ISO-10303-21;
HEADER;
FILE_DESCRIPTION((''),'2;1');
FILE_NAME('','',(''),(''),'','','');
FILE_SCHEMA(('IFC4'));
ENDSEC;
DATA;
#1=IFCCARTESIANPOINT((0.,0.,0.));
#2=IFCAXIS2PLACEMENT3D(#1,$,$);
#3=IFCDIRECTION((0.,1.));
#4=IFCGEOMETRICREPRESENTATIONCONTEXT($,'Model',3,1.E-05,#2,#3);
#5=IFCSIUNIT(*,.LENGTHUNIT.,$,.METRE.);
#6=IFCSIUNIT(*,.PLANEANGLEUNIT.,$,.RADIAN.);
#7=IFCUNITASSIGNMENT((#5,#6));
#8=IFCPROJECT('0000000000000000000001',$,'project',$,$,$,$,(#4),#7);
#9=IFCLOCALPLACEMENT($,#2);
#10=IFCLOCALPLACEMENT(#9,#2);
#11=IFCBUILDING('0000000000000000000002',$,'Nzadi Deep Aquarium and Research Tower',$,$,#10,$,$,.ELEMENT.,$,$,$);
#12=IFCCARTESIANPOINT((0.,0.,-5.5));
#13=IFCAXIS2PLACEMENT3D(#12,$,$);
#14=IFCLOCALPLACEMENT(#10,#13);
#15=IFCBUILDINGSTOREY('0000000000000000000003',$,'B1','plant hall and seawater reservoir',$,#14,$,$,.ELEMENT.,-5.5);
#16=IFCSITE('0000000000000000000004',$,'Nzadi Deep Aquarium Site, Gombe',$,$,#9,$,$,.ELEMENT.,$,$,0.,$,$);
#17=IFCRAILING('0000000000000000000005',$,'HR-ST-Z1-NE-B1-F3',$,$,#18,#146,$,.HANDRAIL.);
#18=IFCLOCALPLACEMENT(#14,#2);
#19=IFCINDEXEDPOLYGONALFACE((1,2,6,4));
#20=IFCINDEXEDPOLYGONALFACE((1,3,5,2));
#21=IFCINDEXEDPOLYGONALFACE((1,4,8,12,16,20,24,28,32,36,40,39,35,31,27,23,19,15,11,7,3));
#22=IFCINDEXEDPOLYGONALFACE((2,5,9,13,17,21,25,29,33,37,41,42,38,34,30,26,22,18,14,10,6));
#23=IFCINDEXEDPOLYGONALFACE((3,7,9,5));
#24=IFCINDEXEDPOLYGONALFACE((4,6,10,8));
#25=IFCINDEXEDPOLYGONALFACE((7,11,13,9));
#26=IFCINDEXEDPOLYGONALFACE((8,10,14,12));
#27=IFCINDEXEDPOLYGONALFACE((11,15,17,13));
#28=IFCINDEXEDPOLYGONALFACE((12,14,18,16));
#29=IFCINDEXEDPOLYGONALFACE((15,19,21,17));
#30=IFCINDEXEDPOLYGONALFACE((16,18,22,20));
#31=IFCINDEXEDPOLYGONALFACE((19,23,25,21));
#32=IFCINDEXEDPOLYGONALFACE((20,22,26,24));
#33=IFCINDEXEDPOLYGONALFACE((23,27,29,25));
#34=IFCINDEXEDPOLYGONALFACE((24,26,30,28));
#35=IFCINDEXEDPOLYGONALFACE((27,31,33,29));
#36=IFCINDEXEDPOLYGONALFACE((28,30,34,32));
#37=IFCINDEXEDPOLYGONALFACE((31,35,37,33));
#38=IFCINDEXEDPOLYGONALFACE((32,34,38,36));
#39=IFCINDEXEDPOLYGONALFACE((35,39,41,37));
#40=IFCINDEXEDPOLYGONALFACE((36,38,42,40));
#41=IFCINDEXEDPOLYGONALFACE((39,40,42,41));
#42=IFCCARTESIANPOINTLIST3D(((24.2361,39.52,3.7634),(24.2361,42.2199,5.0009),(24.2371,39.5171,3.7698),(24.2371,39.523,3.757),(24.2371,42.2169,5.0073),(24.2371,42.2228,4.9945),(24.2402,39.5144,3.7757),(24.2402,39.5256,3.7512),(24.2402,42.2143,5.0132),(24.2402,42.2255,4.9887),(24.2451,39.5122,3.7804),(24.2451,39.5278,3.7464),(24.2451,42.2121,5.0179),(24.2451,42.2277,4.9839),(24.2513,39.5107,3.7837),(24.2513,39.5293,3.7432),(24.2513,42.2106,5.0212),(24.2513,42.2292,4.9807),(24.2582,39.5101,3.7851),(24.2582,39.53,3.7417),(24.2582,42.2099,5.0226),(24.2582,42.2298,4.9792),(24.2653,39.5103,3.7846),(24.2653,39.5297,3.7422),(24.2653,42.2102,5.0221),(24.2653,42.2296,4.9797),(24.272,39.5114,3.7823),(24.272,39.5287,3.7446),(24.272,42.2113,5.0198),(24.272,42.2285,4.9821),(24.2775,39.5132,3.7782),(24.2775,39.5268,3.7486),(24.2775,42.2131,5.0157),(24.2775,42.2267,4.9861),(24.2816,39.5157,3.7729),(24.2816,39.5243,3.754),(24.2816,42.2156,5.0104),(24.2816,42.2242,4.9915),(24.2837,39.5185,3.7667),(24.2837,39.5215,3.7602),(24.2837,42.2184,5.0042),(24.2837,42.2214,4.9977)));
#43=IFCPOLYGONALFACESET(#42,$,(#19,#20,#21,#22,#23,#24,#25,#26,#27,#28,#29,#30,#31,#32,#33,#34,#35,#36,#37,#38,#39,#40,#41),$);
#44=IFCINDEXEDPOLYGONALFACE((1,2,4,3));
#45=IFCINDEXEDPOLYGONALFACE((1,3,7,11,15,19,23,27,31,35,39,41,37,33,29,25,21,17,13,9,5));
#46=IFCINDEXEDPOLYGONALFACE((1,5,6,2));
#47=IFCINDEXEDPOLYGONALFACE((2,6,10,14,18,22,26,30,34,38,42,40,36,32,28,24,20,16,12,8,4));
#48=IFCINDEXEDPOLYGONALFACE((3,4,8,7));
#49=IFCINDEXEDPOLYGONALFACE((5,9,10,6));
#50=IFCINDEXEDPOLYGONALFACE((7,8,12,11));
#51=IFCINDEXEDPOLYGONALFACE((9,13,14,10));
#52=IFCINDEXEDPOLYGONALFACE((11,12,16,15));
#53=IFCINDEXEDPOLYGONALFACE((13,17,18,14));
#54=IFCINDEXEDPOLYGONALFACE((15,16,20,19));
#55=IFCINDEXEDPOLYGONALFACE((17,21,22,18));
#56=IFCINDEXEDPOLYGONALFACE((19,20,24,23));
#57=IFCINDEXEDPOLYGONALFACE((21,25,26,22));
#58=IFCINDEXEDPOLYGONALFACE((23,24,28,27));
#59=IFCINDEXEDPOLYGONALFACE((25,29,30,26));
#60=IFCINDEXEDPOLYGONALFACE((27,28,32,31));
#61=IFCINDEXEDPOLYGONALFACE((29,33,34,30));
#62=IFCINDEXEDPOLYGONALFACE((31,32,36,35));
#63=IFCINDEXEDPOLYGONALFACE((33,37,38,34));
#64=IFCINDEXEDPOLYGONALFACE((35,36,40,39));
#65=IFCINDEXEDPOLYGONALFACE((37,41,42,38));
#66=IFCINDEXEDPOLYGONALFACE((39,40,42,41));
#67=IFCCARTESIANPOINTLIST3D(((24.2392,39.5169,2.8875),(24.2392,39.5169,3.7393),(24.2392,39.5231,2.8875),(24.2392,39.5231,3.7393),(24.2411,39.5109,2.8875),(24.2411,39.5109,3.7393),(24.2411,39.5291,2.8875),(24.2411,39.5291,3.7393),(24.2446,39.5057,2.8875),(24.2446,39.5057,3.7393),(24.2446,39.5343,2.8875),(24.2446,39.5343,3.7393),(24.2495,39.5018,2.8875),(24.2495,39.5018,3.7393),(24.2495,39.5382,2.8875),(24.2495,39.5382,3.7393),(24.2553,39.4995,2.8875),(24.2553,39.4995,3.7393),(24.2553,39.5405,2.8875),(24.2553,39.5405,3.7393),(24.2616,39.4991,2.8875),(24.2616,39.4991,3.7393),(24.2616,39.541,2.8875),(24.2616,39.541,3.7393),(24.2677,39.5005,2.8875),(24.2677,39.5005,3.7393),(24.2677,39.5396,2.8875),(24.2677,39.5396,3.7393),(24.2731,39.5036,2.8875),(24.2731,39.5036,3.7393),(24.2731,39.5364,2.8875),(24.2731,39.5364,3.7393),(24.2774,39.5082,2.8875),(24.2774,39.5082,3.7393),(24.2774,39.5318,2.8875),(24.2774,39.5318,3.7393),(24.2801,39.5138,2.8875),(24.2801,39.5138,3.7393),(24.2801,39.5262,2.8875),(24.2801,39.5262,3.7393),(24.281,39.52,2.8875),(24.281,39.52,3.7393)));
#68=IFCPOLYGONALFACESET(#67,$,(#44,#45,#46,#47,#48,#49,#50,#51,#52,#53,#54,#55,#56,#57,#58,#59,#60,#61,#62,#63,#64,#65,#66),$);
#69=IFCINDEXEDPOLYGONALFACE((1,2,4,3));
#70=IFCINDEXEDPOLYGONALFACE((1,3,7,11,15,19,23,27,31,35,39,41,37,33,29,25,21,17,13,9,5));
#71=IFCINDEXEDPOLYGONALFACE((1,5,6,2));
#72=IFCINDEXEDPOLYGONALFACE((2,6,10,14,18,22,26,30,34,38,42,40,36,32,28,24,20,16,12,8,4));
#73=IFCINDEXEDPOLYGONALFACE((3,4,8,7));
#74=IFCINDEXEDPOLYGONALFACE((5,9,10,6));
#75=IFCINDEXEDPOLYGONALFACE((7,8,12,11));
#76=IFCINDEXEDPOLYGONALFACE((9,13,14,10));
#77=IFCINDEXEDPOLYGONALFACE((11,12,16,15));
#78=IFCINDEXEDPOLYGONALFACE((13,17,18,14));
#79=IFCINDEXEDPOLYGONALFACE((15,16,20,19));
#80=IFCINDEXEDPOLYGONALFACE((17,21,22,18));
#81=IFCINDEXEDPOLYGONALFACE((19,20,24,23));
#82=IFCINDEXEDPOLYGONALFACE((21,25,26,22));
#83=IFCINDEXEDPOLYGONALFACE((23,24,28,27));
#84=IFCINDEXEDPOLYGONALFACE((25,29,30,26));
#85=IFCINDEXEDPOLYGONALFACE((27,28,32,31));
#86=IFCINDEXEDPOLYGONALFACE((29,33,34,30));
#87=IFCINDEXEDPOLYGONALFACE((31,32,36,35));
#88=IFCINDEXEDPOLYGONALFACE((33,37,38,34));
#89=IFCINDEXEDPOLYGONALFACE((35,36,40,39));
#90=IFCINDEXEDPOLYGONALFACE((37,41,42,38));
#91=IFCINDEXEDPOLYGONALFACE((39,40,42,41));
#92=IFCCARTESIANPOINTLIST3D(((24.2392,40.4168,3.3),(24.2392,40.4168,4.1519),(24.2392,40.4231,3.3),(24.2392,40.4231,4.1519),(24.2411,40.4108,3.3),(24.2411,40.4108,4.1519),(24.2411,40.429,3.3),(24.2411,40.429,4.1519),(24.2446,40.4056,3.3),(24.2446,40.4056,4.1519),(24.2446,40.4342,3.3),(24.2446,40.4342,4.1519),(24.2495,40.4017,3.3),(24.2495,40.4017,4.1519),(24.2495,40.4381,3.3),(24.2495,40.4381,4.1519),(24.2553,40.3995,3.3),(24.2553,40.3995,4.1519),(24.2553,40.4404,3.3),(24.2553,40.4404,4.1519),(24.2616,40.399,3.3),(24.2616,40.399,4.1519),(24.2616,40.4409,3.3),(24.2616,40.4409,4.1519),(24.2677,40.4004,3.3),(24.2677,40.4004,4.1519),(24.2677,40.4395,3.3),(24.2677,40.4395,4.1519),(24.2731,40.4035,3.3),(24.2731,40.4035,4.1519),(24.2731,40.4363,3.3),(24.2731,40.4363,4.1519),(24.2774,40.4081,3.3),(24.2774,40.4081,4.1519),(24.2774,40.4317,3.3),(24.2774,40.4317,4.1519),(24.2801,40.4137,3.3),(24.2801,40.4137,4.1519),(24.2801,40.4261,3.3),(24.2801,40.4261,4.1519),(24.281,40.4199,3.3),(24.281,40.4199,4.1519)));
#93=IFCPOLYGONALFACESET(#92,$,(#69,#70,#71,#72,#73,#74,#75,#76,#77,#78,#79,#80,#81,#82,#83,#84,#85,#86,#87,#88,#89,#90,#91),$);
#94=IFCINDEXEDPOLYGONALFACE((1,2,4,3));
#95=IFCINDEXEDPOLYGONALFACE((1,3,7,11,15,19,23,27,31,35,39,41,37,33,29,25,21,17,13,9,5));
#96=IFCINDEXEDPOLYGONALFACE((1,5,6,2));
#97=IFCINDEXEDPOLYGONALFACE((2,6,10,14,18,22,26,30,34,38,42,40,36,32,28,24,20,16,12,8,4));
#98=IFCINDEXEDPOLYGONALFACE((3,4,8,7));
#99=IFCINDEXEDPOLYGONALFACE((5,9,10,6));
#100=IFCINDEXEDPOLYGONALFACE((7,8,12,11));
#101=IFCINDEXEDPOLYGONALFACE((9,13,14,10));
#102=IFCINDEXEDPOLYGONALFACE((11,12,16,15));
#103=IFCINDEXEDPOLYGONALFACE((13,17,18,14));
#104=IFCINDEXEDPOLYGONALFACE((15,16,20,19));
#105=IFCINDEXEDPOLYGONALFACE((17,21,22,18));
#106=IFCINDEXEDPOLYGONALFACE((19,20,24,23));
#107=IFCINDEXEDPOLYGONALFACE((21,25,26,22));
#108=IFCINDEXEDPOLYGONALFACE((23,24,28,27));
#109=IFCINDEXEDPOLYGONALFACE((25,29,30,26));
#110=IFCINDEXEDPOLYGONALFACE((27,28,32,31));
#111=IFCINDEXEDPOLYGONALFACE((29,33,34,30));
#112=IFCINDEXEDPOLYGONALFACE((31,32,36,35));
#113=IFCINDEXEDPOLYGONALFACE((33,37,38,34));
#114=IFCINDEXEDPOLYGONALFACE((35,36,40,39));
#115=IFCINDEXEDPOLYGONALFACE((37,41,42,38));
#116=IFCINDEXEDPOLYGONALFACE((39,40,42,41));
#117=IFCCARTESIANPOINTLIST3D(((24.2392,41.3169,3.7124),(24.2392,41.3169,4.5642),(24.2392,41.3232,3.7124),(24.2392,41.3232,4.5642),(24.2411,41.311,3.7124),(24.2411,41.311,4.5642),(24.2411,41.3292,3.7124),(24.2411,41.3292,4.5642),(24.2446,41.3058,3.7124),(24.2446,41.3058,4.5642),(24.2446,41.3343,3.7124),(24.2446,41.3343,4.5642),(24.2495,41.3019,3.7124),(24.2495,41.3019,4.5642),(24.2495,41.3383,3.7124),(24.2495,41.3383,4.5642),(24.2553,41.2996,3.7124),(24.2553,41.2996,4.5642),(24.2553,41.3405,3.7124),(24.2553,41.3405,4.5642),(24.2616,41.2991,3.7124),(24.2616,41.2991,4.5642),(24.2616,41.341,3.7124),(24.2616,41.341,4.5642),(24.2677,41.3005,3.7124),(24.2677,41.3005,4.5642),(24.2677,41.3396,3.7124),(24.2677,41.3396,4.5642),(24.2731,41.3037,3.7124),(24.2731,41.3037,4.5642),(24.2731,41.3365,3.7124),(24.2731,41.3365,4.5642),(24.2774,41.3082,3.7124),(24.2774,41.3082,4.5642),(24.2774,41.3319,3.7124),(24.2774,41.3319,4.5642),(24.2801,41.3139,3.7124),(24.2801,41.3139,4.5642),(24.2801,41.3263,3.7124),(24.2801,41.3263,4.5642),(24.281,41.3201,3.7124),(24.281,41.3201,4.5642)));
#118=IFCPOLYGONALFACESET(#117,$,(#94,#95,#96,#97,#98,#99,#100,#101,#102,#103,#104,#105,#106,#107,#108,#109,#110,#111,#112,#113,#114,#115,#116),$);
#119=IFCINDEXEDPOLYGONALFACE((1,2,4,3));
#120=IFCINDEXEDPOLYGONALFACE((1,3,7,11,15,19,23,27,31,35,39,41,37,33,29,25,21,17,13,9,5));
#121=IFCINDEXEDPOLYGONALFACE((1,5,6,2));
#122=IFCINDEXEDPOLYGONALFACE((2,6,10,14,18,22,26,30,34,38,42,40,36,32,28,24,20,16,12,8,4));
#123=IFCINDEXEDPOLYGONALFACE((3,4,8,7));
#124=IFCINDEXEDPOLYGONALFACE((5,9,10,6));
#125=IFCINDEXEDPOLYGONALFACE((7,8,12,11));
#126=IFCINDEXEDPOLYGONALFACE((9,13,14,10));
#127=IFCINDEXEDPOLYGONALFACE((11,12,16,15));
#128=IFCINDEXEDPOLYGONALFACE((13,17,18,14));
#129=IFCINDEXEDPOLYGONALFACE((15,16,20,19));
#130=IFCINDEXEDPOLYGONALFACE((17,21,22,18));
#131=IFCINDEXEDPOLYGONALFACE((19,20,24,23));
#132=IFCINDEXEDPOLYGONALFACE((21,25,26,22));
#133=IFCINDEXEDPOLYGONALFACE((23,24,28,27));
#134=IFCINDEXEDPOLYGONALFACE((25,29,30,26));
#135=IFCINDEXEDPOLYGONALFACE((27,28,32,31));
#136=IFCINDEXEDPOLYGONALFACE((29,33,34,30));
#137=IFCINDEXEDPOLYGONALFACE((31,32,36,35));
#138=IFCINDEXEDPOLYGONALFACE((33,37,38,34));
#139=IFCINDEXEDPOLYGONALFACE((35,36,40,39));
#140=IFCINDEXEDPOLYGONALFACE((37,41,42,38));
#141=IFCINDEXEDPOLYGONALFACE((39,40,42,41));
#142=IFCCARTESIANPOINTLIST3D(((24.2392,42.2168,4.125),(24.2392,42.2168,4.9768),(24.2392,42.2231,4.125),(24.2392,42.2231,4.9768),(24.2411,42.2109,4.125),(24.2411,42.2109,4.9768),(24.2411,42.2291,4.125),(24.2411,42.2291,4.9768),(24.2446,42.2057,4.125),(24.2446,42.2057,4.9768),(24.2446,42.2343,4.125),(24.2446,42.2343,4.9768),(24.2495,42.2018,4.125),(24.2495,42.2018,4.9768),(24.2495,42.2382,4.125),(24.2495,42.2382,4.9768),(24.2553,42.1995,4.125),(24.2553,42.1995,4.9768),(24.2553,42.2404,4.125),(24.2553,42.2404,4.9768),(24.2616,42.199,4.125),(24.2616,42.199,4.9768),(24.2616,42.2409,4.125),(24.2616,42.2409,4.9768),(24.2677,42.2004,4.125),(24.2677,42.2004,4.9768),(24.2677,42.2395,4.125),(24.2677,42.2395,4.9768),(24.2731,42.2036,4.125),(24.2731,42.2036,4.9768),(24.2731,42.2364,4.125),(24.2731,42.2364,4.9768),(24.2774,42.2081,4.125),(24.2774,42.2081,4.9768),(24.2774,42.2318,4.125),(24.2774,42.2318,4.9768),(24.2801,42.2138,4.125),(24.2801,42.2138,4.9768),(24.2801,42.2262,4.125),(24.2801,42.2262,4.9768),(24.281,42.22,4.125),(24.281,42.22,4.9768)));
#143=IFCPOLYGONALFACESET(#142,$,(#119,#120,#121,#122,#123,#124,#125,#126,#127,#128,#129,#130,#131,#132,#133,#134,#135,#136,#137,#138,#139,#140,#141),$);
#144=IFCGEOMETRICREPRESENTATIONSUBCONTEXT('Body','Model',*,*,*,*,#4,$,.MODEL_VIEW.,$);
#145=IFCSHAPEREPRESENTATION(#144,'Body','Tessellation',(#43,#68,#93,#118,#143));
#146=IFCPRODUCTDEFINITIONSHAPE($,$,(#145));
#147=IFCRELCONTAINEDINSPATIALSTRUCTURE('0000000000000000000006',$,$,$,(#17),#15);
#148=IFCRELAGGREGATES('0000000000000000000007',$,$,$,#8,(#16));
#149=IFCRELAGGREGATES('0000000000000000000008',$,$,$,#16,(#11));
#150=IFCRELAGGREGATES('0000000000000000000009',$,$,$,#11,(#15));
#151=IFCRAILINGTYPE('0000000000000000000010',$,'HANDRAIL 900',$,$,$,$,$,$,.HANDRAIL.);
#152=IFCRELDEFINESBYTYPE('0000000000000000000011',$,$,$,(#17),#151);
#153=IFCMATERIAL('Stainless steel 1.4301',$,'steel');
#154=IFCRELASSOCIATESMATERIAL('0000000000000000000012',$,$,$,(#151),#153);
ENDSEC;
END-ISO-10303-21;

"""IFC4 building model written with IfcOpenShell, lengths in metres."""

from ifc_helpers import new_model, si_unit, direction, frame, origin, origin_2d, place, context, subcontext, project, spatial, circle, extrude, material, type_object, element, save


model = new_model("IFC4")

# Units and contexts
model_context = context("Model", 3, precision=1e-05, world=origin(), true_north=direction((0.0, 1.0)))
body_context = subcontext(model_context, "Body", "Model", "MODEL_VIEW")
ifc_project = project(units=[si_unit("LENGTHUNIT", "METRE"), si_unit("PLANEANGLEUNIT", "RADIAN")], contexts=[model_context])

# Site, building, storey
site_placement = place(None, origin())
site = spatial("IfcSite", under=ifc_project, at=site_placement, Name="Nzadi Deep Aquarium Site, Gombe", CompositionType="ELEMENT", RefElevation=0.0)
building_placement = place(site_placement, origin())
building = spatial("IfcBuilding", under=site, at=building_placement, Name="Nzadi Deep Aquarium and Research Tower", CompositionType="ELEMENT")
storey_placement = place(building_placement, frame((0.0, 0.0, -5.5)))
storey = spatial("IfcBuildingStorey", under=building, at=storey_placement, Name="B1", Description="plant hall and seawater reservoir", CompositionType="ELEMENT", Elevation=-5.5)

# Railing
ifc_material_1 = material(Name="Stainless steel 1.4301", Category="steel")
railing_type = type_object("IfcRailingType", Name="HANDRAIL 900", PredefinedType="HANDRAIL", material=ifc_material_1)
for number, where, name in (
    (1, (24.26, 39.52, 2.8875), "HR-ST-Z1-NE-B1-F3"),
):
    element("IfcRailing", number, at=place(storey_placement, frame(where)), inside=storey, type_object=railing_type, Name=name, PredefinedType="HANDRAIL", context=body_context, shape_type="SweptSolid", body=[
        extrude(circle(Radius=0.0239, at=origin_2d()), frame((0.0, 0.0, 0.876), z_axis=(0.0, 0.909056, 0.416675), x_axis=(-1.0, 0.0, 0.0)), (0.0, 0.0, 1.0), 2.97),
        extrude(circle(Radius=0.021, at=origin_2d()), origin(), (0.0, 0.0, 1.0), 0.8518),
        extrude(circle(Radius=0.021, at=origin_2d()), frame((0.0, 0.8999, 0.4126)), (0.0, 0.0, 1.0), 0.8518),
        extrude(circle(Radius=0.021, at=origin_2d()), frame((0.0, 1.8, 0.825)), (0.0, 0.0, 1.0), 0.8518),
        extrude(circle(Radius=0.021, at=origin_2d()), frame((0.0, 2.7, 1.2375)), (0.0, 0.0, 1.0), 0.8518),
    ])

save(model, "model.ifc")
